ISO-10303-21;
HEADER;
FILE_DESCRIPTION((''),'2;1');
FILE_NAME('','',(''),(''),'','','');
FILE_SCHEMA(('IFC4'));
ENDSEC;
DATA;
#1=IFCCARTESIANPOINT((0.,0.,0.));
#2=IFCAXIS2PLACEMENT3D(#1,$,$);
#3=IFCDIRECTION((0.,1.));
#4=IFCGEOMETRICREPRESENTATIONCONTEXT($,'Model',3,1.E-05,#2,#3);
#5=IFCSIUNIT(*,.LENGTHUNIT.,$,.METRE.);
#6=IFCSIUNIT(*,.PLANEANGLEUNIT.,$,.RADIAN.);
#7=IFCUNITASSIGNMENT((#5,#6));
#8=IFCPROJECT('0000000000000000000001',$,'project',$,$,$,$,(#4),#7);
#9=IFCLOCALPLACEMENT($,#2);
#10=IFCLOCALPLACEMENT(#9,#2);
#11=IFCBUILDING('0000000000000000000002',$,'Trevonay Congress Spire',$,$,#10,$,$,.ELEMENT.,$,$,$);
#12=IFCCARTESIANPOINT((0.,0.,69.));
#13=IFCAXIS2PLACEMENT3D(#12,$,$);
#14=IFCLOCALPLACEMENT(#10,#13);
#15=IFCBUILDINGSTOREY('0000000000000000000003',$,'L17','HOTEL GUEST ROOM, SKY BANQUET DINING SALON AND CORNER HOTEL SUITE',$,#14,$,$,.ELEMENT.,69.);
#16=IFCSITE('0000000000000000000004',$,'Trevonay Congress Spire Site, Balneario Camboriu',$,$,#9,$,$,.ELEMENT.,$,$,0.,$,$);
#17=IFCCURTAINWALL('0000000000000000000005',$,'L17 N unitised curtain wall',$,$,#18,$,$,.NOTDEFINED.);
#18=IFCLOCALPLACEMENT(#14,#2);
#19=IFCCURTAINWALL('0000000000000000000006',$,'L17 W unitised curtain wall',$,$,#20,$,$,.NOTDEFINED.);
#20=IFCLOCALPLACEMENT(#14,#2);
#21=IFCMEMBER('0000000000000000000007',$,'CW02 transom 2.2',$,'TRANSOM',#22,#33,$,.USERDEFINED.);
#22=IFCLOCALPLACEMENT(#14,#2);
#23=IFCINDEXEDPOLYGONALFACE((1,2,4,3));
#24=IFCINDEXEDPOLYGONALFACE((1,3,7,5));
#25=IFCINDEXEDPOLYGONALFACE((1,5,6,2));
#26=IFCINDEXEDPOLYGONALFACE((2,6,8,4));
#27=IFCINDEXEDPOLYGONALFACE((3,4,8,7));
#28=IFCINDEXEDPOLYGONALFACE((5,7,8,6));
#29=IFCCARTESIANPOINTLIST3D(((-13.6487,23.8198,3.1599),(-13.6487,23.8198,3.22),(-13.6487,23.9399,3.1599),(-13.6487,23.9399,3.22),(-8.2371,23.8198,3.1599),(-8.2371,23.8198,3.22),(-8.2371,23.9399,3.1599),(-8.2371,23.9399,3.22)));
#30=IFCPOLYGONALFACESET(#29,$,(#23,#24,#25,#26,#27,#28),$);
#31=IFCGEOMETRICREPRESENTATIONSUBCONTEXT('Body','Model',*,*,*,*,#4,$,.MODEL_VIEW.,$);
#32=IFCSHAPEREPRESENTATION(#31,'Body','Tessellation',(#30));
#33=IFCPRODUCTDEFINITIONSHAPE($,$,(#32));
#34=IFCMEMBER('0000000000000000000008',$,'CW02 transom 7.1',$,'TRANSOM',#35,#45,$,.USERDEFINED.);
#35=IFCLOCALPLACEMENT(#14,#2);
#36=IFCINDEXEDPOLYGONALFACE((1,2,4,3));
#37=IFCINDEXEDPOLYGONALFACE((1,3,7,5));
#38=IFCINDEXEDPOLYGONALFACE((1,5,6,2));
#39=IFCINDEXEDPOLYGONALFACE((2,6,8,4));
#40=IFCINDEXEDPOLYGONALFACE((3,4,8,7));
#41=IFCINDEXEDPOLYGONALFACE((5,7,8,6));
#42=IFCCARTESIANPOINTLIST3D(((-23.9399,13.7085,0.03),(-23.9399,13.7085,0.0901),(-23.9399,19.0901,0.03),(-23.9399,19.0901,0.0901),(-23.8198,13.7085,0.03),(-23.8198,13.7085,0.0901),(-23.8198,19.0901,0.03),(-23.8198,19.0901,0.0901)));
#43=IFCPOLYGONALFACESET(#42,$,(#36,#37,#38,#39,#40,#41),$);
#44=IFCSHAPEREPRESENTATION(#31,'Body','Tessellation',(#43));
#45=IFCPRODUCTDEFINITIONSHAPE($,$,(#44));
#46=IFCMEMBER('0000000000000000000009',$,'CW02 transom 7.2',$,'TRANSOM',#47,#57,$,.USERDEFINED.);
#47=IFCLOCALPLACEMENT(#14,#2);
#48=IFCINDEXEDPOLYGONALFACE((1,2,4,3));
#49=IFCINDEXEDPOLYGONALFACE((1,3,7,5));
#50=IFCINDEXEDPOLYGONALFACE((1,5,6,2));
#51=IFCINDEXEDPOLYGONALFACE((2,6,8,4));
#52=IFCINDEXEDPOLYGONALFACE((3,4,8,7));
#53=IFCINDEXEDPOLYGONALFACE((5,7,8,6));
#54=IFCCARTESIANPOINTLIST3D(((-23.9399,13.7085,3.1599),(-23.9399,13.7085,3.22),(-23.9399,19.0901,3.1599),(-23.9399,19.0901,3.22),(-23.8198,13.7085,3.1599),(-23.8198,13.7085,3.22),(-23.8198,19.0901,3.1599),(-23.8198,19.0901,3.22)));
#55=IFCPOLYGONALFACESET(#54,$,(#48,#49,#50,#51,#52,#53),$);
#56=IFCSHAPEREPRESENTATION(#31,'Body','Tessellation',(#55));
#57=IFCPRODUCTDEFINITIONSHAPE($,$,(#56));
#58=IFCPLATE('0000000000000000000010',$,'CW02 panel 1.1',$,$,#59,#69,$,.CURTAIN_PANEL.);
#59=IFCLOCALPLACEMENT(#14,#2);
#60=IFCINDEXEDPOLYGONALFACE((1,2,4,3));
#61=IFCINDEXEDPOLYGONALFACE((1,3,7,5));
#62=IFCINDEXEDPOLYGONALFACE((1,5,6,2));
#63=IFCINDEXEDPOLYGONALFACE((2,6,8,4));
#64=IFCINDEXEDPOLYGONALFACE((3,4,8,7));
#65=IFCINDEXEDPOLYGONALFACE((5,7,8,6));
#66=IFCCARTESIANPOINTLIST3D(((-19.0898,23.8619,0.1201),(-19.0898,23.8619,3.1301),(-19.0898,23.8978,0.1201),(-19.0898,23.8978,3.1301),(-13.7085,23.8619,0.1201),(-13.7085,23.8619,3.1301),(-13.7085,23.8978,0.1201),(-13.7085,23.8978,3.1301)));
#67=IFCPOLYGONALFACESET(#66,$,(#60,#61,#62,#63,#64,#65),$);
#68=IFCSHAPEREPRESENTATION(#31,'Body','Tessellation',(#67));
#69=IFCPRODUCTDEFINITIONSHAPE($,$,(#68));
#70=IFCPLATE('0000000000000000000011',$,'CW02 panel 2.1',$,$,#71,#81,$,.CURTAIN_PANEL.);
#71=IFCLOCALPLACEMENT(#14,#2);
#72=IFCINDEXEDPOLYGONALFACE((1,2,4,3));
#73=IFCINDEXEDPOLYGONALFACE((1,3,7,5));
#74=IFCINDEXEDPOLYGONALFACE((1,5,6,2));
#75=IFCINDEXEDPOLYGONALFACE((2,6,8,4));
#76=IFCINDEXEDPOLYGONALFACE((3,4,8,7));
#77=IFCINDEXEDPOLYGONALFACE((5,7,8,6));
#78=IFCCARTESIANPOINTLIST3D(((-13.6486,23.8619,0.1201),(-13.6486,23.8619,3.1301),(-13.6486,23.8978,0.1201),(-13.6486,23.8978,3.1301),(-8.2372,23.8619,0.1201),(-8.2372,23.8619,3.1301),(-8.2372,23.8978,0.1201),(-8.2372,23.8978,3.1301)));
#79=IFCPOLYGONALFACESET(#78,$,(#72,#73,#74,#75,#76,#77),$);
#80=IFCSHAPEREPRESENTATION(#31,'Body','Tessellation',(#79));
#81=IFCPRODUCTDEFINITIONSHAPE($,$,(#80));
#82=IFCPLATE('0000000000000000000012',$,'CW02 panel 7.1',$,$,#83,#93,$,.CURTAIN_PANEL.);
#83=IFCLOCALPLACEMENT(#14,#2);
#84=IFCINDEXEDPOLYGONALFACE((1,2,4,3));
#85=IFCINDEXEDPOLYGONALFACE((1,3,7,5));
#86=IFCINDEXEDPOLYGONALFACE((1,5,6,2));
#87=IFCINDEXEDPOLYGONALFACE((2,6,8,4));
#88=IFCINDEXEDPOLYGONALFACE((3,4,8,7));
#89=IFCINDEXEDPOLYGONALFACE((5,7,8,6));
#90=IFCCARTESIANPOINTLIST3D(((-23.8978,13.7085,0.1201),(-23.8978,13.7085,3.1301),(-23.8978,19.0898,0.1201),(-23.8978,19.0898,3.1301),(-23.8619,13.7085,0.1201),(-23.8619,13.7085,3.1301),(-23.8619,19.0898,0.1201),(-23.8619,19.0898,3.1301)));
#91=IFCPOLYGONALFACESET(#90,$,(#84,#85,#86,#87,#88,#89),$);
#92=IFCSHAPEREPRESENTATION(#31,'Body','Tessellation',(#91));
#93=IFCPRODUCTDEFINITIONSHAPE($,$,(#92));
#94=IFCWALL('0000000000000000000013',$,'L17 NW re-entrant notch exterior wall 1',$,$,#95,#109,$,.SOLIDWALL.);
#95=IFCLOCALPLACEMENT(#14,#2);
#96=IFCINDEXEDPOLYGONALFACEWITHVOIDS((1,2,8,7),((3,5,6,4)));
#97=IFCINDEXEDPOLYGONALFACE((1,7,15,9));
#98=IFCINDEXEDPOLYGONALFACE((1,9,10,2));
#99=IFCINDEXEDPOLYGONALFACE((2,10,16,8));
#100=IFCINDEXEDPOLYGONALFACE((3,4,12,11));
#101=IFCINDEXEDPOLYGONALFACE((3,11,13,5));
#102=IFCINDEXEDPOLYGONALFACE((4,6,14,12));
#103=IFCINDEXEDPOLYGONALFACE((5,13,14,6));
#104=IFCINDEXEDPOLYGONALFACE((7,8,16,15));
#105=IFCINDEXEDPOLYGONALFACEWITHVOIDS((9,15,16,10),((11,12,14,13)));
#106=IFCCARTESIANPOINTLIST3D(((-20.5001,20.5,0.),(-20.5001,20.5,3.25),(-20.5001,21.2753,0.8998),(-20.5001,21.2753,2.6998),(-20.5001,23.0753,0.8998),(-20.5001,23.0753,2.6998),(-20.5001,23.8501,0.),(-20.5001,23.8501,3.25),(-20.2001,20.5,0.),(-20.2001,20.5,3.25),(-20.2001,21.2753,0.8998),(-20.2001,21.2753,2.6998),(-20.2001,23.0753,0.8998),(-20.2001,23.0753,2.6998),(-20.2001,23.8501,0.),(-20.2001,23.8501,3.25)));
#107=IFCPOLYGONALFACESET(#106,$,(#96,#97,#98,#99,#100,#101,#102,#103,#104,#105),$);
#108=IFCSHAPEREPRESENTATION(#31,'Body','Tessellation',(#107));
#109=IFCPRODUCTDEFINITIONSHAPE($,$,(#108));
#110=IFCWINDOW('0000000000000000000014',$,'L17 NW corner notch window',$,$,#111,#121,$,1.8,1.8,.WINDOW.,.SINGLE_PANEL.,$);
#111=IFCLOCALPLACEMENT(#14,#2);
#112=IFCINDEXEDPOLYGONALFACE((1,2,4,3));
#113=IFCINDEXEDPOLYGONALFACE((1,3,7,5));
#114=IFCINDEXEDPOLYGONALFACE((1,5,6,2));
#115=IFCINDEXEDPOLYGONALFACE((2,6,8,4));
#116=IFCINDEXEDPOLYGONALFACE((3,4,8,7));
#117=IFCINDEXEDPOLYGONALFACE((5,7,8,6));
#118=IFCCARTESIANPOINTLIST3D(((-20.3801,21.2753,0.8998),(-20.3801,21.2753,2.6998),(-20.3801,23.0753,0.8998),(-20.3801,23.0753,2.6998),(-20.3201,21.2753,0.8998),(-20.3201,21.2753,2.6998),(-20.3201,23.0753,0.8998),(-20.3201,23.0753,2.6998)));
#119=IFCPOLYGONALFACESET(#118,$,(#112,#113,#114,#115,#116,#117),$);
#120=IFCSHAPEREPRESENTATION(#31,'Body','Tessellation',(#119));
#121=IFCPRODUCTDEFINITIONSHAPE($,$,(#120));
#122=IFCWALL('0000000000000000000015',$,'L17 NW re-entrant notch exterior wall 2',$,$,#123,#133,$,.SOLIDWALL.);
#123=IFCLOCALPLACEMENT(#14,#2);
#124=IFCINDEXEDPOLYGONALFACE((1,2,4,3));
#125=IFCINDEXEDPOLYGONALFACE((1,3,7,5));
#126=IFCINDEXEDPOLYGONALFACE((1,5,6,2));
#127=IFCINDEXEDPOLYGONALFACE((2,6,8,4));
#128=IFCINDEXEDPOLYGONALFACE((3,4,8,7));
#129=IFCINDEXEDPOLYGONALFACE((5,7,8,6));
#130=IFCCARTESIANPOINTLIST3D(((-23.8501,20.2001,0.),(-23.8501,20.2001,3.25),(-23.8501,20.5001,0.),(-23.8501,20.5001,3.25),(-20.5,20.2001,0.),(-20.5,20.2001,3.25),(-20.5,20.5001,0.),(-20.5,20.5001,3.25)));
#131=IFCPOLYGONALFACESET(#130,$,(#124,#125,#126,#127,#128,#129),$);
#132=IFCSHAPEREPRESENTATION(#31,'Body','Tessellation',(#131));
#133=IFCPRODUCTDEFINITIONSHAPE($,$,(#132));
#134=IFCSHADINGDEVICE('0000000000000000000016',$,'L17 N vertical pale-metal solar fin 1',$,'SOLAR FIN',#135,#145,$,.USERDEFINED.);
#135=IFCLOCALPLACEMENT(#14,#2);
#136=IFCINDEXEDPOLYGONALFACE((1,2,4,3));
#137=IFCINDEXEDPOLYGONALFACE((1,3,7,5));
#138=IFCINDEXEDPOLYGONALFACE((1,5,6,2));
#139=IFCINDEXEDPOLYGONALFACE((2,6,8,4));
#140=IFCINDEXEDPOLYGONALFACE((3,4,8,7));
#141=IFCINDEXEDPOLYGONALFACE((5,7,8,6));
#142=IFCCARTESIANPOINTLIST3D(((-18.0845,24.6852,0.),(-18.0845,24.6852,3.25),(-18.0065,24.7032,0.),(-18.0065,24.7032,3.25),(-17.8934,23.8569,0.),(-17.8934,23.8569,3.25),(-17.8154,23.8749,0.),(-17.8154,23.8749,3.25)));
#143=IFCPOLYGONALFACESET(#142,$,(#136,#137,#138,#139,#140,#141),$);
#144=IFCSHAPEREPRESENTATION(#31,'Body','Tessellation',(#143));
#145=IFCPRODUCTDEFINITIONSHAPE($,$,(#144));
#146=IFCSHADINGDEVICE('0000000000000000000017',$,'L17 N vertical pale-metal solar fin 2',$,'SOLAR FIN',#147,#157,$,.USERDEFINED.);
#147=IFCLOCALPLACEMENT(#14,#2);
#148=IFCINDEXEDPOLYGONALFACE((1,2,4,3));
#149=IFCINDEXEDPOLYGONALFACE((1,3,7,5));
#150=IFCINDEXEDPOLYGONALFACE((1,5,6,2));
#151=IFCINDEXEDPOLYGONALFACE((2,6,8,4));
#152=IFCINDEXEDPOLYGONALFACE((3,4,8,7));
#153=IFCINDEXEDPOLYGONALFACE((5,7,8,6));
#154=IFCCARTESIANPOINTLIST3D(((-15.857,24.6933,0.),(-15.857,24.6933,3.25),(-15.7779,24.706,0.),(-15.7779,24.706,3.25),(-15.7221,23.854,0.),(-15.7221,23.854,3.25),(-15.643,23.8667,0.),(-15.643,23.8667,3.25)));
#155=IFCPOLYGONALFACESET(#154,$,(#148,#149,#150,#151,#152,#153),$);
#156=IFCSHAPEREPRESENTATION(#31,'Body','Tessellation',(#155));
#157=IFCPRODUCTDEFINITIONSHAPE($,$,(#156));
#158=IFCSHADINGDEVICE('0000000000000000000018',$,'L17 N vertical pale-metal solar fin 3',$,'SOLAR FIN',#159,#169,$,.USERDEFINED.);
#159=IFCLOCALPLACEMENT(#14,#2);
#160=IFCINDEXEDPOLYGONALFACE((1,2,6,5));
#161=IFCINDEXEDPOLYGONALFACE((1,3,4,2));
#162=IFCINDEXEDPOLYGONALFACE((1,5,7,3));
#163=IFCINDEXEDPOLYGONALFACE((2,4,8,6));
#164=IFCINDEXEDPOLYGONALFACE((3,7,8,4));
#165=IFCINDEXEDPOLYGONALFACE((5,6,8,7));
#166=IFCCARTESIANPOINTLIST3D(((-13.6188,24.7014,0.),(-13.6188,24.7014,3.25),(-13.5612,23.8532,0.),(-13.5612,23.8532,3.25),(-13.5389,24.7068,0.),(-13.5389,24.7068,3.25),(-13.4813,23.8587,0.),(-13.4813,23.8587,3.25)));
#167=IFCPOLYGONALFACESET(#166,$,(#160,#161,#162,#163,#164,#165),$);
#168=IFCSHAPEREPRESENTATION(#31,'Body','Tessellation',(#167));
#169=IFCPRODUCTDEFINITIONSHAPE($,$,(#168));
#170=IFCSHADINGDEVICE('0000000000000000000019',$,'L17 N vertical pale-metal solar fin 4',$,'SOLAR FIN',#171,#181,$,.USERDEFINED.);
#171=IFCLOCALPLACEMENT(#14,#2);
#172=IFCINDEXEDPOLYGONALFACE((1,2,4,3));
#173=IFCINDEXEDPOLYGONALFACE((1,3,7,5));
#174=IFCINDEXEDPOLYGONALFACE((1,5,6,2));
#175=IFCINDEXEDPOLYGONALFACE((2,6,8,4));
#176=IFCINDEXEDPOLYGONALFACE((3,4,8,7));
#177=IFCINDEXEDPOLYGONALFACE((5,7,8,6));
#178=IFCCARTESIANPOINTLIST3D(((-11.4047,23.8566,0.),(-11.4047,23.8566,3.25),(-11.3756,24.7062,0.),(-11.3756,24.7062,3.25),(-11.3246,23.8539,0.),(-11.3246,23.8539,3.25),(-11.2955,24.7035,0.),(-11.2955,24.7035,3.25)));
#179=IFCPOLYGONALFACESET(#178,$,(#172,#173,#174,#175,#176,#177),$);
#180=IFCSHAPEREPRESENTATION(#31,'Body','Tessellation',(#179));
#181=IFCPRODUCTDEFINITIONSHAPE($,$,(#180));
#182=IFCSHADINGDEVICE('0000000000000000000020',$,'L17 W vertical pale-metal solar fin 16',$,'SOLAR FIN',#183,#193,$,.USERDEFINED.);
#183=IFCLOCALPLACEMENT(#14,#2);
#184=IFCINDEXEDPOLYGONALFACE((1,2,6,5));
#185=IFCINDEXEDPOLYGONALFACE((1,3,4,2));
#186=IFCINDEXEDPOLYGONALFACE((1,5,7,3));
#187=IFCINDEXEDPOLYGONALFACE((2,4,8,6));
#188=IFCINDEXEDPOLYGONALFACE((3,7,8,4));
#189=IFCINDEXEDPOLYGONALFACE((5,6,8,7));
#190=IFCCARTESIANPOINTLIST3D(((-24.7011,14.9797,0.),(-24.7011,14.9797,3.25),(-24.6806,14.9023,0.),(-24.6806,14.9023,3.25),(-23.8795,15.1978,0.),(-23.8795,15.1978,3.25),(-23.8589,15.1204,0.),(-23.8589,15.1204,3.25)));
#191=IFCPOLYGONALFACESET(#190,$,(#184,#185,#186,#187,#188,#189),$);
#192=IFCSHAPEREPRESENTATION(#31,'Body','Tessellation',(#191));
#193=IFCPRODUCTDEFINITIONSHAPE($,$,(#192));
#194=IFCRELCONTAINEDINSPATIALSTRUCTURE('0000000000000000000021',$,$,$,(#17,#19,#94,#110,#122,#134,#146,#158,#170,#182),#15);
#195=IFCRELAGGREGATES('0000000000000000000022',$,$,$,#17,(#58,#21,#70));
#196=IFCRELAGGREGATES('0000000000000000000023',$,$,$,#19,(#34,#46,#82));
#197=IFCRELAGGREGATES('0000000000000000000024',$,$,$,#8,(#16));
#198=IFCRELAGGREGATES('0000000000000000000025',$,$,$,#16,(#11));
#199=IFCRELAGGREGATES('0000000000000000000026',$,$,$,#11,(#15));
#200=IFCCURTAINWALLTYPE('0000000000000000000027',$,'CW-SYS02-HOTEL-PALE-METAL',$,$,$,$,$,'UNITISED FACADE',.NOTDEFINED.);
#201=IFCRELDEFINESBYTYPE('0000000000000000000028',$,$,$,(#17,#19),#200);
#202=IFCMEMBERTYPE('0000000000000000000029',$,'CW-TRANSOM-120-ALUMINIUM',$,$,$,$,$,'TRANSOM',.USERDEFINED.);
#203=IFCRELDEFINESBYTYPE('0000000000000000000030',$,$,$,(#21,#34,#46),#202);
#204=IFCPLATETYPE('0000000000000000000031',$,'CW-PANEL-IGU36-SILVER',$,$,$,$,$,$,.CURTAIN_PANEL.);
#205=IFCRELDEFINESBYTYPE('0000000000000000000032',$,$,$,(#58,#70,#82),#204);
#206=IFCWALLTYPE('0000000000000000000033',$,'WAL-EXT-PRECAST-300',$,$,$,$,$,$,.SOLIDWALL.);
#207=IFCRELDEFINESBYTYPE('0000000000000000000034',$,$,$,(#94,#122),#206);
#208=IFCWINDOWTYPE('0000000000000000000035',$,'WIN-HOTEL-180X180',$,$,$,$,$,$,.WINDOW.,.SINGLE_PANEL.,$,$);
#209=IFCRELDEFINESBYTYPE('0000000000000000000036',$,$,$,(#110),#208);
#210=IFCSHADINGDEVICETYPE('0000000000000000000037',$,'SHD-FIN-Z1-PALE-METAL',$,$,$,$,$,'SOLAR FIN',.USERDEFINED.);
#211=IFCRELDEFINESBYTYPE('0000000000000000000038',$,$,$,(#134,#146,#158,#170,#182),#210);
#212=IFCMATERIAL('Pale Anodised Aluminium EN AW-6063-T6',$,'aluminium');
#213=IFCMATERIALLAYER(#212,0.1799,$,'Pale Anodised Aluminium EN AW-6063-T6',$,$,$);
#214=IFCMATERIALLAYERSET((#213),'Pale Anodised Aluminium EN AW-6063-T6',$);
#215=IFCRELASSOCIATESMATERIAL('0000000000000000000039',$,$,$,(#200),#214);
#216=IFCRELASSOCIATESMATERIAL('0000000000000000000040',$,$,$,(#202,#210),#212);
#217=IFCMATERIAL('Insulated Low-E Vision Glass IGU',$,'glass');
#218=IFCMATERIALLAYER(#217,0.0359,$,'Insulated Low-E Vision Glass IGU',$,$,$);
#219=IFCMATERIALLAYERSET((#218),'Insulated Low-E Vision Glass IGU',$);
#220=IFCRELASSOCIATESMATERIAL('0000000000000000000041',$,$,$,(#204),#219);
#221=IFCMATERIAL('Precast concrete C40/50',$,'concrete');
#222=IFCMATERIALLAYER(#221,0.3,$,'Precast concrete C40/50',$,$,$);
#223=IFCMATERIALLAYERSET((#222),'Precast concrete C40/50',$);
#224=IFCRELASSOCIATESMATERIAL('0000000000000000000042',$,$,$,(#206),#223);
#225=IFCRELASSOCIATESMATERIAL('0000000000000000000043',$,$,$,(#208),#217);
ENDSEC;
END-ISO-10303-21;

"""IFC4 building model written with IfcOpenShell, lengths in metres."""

from ifc_helpers import new_model, si_unit, direction, frame, frame_2d, origin, origin_2d, place, context, subcontext, project, spatial, rectangle, extrude, material, layer, layer_set, material_profile, profile_set, type_object, element, fill, aggregate, save


model = new_model("IFC4")

# Units and contexts
model_context = context("Model", 3, precision=1e-05, world=origin(), true_north=direction((0.0, 1.0)))
body_context = subcontext(model_context, "Body", "Model", "MODEL_VIEW")
ifc_project = project(units=[si_unit("LENGTHUNIT", "METRE"), si_unit("PLANEANGLEUNIT", "RADIAN")], contexts=[model_context])

# Site, building, storey
site_placement = place(None, origin())
site = spatial("IfcSite", under=ifc_project, at=site_placement, Name="Trevonay Congress Spire Site, Balneario Camboriu", CompositionType="ELEMENT", RefElevation=0.0)
building_placement = place(site_placement, origin())
building = spatial("IfcBuilding", under=site, at=building_placement, Name="Trevonay Congress Spire", CompositionType="ELEMENT")
storey_placement = place(building_placement, frame((0.0, 0.0, 69.0)))
storey = spatial("IfcBuildingStorey", under=building, at=storey_placement, Name="L17", Description="HOTEL GUEST ROOM, SKY BANQUET DINING SALON AND CORNER HOTEL SUITE", CompositionType="ELEMENT", Elevation=69.0)

# Curtain walls
ifc_material_1 = material(Name="Pale Anodised Aluminium EN AW-6063-T6", Category="aluminium")
ifc_layer_1 = layer(ifc_material_1, 0.1799, Name="Pale Anodised Aluminium EN AW-6063-T6")
ifc_layer_set_1 = layer_set([ifc_layer_1], Name="Pale Anodised Aluminium EN AW-6063-T6")
curtain_wall_type = type_object("IfcCurtainWallType", Name="CW-SYS02-HOTEL-PALE-METAL", ElementType="UNITISED FACADE", PredefinedType="NOTDEFINED", material=ifc_layer_set_1)
curtain_wall_1_placement = place(storey_placement, origin())
curtain_wall_1 = element("IfcCurtainWall", 1, at=curtain_wall_1_placement, inside=storey, type_object=curtain_wall_type, Name="L17 N unitised curtain wall", PredefinedType="NOTDEFINED")
curtain_wall_2_placement = place(storey_placement, origin())
curtain_wall_2 = element("IfcCurtainWall", 2, at=curtain_wall_2_placement, inside=storey, type_object=curtain_wall_type, Name="L17 W unitised curtain wall", PredefinedType="NOTDEFINED")

# Members
ifc_material_profile_1 = material_profile(ifc_material_1, rectangle(XDim=0.1201, YDim=0.0601, at=origin_2d()), Name="CW-TRANSOM-120-ALUMINIUM")
ifc_profile_set_1 = profile_set([ifc_material_profile_1], Name="Pale Anodised Aluminium EN AW-6063-T6")
member_type_1 = type_object("IfcMemberType", Name="CW-TRANSOM-120-ALUMINIUM", ElementType="TRANSOM", PredefinedType="USERDEFINED", material=ifc_profile_set_1)
member_1_placement = place(storey_placement, frame((-13.6487, 23.8799, 3.1899), z_axis=(1.0, 0.0, 0.0), x_axis=(0.0, 1.0, 0.0)))
member_1 = element("IfcMember", 3, at=member_1_placement, type_object=member_type_1, Name="CW02 transom 2.2", ObjectType="TRANSOM", PredefinedType="USERDEFINED", context=body_context, shape_type="SweptSolid", body=[
    extrude(rectangle(XDim=0.1201, YDim=0.0601, at=origin_2d()), origin(), (0.0, 0.0, 1.0), 5.4116),
])
member_2_placement = place(storey_placement, frame((-23.8799, 13.7085, 0.0601), z_axis=(0.0, 1.0, 0.0), x_axis=(-1.0, 0.0, 0.0)))
member_2 = element("IfcMember", 4, at=member_2_placement, type_object=member_type_1, Name="CW02 transom 7.1", ObjectType="TRANSOM", PredefinedType="USERDEFINED", context=body_context, shape_type="SweptSolid", body=[
    extrude(rectangle(XDim=0.1201, YDim=0.0601, at=origin_2d()), origin(), (0.0, 0.0, 1.0), 5.3816),
])
member_3_placement = place(storey_placement, frame((-23.8799, 13.7085, 3.1899), z_axis=(0.0, 1.0, 0.0), x_axis=(-1.0, 0.0, 0.0)))
member_3 = element("IfcMember", 5, at=member_3_placement, type_object=member_type_1, Name="CW02 transom 7.2", ObjectType="TRANSOM", PredefinedType="USERDEFINED", context=body_context, shape_type="SweptSolid", body=[
    extrude(rectangle(XDim=0.1201, YDim=0.0601, at=origin_2d()), origin(), (0.0, 0.0, 1.0), 5.3816),
])

# Plates
ifc_material_2 = material(Name="Insulated Low-E Vision Glass IGU", Category="glass")
ifc_layer_2 = layer(ifc_material_2, 0.0359, Name="Insulated Low-E Vision Glass IGU")
ifc_layer_set_2 = layer_set([ifc_layer_2], Name="Insulated Low-E Vision Glass IGU")
plate_type = type_object("IfcPlateType", Name="CW-PANEL-IGU36-SILVER", PredefinedType="CURTAIN_PANEL", material=ifc_layer_set_2)
plate_1_placement = place(storey_placement, frame((-16.3992, 23.8799, 0.1201), z_axis=(0.0, 0.0, 1.0), x_axis=(1.0, 0.0, 0.0)))
plate_1 = element("IfcPlate", 6, at=plate_1_placement, type_object=plate_type, Name="CW02 panel 1.1", PredefinedType="CURTAIN_PANEL", context=body_context, shape_type="SweptSolid", body=[
    extrude(rectangle(XDim=5.3813, YDim=0.0359, at=origin_2d()), origin(), (0.0, 0.0, 1.0), 3.01),
])
plate_2_placement = place(storey_placement, frame((-10.9429, 23.8799, 0.1201), z_axis=(0.0, 0.0, 1.0), x_axis=(1.0, 0.0, 0.0)))
plate_2 = element("IfcPlate", 7, at=plate_2_placement, type_object=plate_type, Name="CW02 panel 2.1", PredefinedType="CURTAIN_PANEL", context=body_context, shape_type="SweptSolid", body=[
    extrude(rectangle(XDim=5.4114, YDim=0.0359, at=origin_2d()), origin(), (0.0, 0.0, 1.0), 3.01),
])
aggregate(curtain_wall_1, [plate_1, member_1, plate_2])
plate_3_placement = place(storey_placement, frame((-23.8799, 16.3992, 0.1201), z_axis=(0.0, 0.0, 1.0), x_axis=(0.0, 1.0, 0.0)))
plate_3 = element("IfcPlate", 8, at=plate_3_placement, type_object=plate_type, Name="CW02 panel 7.1", PredefinedType="CURTAIN_PANEL", context=body_context, shape_type="SweptSolid", body=[
    extrude(rectangle(XDim=5.3813, YDim=0.0359, at=origin_2d()), origin(), (0.0, 0.0, 1.0), 3.01),
])
aggregate(curtain_wall_2, [member_2, member_3, plate_3])

# Wall, opening, window
ifc_material_3 = material(Name="Precast concrete C40/50", Category="concrete")
ifc_layer_3 = layer(ifc_material_3, 0.3, Name="Precast concrete C40/50")
ifc_layer_set_3 = layer_set([ifc_layer_3], Name="Precast concrete C40/50")
wall_type = type_object("IfcWallType", Name="WAL-EXT-PRECAST-300", PredefinedType="SOLIDWALL", material=ifc_layer_set_3)
wall_1_placement = place(storey_placement, frame((-20.3501, 23.8501, 0.0), z_axis=(0.0, 0.0, 1.0), x_axis=(0.0, -1.0, 0.0)))
wall_1 = element("IfcWall", 9, at=wall_1_placement, inside=storey, type_object=wall_type, Name="L17 NW re-entrant notch exterior wall 1", PredefinedType="SOLIDWALL", context=body_context, shape_type="SweptSolid", body=[
    extrude(rectangle(XDim=3.3501, YDim=0.3, at=frame_2d((1.675, 0.0))), origin(), (0.0, 0.0, 1.0), 3.25),
])
opening_placement = place(wall_1_placement, frame((0.7749, 0.0, 0.8999)))
opening = element("IfcOpeningElement", 10, at=opening_placement, cuts=wall_1, PredefinedType="OPENING", context=body_context, shape_type="SweptSolid", body=[
    extrude(rectangle(XDim=1.8, YDim=1.8, at=frame_2d((0.8999, 0.8999))), frame((0.0, 0.1602, 0.0), z_axis=(0.0, -1.0, 0.0), x_axis=(1.0, 0.0, 0.0)), (0.0, 0.0, 1.0), 0.3201),
])
window_type = type_object("IfcWindowType", Name="WIN-HOTEL-180X180", PartitioningType="SINGLE_PANEL", PredefinedType="WINDOW", material=ifc_material_2)
window_placement = place(opening_placement, origin())
window = element("IfcWindow", 11, at=window_placement, inside=storey, type_object=window_type, Name="L17 NW corner notch window", OverallHeight=1.8, OverallWidth=1.8, PartitioningType="SINGLE_PANEL", PredefinedType="WINDOW", context=body_context, shape_type="SweptSolid", body=[
    extrude(rectangle(XDim=1.8, YDim=1.8, at=frame_2d((0.8999, 0.8999))), frame((0.0, 0.03, 0.0), z_axis=(0.0, -1.0, 0.0), x_axis=(1.0, 0.0, 0.0)), (0.0, 0.0, 1.0), 0.0601),
])
fill(opening, window)

# Wall
wall_2_placement = place(storey_placement, frame((-23.8501, 20.3501, 0.0), z_axis=(0.0, 0.0, 1.0), x_axis=(1.0, 0.0, 0.0)))
element("IfcWall", 12, at=wall_2_placement, inside=storey, type_object=wall_type, Name="L17 NW re-entrant notch exterior wall 2", PredefinedType="SOLIDWALL", context=body_context, shape_type="SweptSolid", body=[
    extrude(rectangle(XDim=3.3501, YDim=0.3, at=frame_2d((1.675, 0.0))), origin(), (0.0, 0.0, 1.0), 3.25),
])

# Shading devices
shading_device_type = type_object("IfcShadingDeviceType", Name="SHD-FIN-Z1-PALE-METAL", ElementType="SOLAR FIN", PredefinedType="USERDEFINED", material=ifc_material_1)
for number, where, z_axis, x_axis, name in (
    (13, (-17.95, 24.28, 0.0), (0.0, 0.0, 1.0), (0.974409, 0.224781, 0.0), "L17 N vertical pale-metal solar fin 1"),
    (14, (-15.75, 24.28, 0.0), (0.0, 0.0, 1.0), (0.987331, 0.158675, 0.0), "L17 N vertical pale-metal solar fin 2"),
    (15, (-13.55, 24.28, 0.0), (0.0, 0.0, 1.0), (0.997708, 0.067667, 0.0), "L17 N vertical pale-metal solar fin 3"),
    (16, (-11.3501, 24.28, 0.0), (0.0, 0.0, 1.0), (0.999415, -0.034202, 0.0), "L17 N vertical pale-metal solar fin 4"),
    (17, (-24.28, 15.05, 0.0), (0.0, 0.0, 1.0), (-0.256627, 0.966511, 0.0), "L17 W vertical pale-metal solar fin 16"),
):
    element("IfcShadingDevice", number, at=place(storey_placement, frame(where, z_axis=z_axis, x_axis=x_axis)), inside=storey, type_object=shading_device_type, Name=name, ObjectType="SOLAR FIN", PredefinedType="USERDEFINED", context=body_context, shape_type="SweptSolid", body=[
        extrude(rectangle(XDim=0.0801, YDim=0.8501, at=origin_2d()), origin(), (0.0, 0.0, 1.0), 3.25),
    ])

save(model, "model.ifc")
